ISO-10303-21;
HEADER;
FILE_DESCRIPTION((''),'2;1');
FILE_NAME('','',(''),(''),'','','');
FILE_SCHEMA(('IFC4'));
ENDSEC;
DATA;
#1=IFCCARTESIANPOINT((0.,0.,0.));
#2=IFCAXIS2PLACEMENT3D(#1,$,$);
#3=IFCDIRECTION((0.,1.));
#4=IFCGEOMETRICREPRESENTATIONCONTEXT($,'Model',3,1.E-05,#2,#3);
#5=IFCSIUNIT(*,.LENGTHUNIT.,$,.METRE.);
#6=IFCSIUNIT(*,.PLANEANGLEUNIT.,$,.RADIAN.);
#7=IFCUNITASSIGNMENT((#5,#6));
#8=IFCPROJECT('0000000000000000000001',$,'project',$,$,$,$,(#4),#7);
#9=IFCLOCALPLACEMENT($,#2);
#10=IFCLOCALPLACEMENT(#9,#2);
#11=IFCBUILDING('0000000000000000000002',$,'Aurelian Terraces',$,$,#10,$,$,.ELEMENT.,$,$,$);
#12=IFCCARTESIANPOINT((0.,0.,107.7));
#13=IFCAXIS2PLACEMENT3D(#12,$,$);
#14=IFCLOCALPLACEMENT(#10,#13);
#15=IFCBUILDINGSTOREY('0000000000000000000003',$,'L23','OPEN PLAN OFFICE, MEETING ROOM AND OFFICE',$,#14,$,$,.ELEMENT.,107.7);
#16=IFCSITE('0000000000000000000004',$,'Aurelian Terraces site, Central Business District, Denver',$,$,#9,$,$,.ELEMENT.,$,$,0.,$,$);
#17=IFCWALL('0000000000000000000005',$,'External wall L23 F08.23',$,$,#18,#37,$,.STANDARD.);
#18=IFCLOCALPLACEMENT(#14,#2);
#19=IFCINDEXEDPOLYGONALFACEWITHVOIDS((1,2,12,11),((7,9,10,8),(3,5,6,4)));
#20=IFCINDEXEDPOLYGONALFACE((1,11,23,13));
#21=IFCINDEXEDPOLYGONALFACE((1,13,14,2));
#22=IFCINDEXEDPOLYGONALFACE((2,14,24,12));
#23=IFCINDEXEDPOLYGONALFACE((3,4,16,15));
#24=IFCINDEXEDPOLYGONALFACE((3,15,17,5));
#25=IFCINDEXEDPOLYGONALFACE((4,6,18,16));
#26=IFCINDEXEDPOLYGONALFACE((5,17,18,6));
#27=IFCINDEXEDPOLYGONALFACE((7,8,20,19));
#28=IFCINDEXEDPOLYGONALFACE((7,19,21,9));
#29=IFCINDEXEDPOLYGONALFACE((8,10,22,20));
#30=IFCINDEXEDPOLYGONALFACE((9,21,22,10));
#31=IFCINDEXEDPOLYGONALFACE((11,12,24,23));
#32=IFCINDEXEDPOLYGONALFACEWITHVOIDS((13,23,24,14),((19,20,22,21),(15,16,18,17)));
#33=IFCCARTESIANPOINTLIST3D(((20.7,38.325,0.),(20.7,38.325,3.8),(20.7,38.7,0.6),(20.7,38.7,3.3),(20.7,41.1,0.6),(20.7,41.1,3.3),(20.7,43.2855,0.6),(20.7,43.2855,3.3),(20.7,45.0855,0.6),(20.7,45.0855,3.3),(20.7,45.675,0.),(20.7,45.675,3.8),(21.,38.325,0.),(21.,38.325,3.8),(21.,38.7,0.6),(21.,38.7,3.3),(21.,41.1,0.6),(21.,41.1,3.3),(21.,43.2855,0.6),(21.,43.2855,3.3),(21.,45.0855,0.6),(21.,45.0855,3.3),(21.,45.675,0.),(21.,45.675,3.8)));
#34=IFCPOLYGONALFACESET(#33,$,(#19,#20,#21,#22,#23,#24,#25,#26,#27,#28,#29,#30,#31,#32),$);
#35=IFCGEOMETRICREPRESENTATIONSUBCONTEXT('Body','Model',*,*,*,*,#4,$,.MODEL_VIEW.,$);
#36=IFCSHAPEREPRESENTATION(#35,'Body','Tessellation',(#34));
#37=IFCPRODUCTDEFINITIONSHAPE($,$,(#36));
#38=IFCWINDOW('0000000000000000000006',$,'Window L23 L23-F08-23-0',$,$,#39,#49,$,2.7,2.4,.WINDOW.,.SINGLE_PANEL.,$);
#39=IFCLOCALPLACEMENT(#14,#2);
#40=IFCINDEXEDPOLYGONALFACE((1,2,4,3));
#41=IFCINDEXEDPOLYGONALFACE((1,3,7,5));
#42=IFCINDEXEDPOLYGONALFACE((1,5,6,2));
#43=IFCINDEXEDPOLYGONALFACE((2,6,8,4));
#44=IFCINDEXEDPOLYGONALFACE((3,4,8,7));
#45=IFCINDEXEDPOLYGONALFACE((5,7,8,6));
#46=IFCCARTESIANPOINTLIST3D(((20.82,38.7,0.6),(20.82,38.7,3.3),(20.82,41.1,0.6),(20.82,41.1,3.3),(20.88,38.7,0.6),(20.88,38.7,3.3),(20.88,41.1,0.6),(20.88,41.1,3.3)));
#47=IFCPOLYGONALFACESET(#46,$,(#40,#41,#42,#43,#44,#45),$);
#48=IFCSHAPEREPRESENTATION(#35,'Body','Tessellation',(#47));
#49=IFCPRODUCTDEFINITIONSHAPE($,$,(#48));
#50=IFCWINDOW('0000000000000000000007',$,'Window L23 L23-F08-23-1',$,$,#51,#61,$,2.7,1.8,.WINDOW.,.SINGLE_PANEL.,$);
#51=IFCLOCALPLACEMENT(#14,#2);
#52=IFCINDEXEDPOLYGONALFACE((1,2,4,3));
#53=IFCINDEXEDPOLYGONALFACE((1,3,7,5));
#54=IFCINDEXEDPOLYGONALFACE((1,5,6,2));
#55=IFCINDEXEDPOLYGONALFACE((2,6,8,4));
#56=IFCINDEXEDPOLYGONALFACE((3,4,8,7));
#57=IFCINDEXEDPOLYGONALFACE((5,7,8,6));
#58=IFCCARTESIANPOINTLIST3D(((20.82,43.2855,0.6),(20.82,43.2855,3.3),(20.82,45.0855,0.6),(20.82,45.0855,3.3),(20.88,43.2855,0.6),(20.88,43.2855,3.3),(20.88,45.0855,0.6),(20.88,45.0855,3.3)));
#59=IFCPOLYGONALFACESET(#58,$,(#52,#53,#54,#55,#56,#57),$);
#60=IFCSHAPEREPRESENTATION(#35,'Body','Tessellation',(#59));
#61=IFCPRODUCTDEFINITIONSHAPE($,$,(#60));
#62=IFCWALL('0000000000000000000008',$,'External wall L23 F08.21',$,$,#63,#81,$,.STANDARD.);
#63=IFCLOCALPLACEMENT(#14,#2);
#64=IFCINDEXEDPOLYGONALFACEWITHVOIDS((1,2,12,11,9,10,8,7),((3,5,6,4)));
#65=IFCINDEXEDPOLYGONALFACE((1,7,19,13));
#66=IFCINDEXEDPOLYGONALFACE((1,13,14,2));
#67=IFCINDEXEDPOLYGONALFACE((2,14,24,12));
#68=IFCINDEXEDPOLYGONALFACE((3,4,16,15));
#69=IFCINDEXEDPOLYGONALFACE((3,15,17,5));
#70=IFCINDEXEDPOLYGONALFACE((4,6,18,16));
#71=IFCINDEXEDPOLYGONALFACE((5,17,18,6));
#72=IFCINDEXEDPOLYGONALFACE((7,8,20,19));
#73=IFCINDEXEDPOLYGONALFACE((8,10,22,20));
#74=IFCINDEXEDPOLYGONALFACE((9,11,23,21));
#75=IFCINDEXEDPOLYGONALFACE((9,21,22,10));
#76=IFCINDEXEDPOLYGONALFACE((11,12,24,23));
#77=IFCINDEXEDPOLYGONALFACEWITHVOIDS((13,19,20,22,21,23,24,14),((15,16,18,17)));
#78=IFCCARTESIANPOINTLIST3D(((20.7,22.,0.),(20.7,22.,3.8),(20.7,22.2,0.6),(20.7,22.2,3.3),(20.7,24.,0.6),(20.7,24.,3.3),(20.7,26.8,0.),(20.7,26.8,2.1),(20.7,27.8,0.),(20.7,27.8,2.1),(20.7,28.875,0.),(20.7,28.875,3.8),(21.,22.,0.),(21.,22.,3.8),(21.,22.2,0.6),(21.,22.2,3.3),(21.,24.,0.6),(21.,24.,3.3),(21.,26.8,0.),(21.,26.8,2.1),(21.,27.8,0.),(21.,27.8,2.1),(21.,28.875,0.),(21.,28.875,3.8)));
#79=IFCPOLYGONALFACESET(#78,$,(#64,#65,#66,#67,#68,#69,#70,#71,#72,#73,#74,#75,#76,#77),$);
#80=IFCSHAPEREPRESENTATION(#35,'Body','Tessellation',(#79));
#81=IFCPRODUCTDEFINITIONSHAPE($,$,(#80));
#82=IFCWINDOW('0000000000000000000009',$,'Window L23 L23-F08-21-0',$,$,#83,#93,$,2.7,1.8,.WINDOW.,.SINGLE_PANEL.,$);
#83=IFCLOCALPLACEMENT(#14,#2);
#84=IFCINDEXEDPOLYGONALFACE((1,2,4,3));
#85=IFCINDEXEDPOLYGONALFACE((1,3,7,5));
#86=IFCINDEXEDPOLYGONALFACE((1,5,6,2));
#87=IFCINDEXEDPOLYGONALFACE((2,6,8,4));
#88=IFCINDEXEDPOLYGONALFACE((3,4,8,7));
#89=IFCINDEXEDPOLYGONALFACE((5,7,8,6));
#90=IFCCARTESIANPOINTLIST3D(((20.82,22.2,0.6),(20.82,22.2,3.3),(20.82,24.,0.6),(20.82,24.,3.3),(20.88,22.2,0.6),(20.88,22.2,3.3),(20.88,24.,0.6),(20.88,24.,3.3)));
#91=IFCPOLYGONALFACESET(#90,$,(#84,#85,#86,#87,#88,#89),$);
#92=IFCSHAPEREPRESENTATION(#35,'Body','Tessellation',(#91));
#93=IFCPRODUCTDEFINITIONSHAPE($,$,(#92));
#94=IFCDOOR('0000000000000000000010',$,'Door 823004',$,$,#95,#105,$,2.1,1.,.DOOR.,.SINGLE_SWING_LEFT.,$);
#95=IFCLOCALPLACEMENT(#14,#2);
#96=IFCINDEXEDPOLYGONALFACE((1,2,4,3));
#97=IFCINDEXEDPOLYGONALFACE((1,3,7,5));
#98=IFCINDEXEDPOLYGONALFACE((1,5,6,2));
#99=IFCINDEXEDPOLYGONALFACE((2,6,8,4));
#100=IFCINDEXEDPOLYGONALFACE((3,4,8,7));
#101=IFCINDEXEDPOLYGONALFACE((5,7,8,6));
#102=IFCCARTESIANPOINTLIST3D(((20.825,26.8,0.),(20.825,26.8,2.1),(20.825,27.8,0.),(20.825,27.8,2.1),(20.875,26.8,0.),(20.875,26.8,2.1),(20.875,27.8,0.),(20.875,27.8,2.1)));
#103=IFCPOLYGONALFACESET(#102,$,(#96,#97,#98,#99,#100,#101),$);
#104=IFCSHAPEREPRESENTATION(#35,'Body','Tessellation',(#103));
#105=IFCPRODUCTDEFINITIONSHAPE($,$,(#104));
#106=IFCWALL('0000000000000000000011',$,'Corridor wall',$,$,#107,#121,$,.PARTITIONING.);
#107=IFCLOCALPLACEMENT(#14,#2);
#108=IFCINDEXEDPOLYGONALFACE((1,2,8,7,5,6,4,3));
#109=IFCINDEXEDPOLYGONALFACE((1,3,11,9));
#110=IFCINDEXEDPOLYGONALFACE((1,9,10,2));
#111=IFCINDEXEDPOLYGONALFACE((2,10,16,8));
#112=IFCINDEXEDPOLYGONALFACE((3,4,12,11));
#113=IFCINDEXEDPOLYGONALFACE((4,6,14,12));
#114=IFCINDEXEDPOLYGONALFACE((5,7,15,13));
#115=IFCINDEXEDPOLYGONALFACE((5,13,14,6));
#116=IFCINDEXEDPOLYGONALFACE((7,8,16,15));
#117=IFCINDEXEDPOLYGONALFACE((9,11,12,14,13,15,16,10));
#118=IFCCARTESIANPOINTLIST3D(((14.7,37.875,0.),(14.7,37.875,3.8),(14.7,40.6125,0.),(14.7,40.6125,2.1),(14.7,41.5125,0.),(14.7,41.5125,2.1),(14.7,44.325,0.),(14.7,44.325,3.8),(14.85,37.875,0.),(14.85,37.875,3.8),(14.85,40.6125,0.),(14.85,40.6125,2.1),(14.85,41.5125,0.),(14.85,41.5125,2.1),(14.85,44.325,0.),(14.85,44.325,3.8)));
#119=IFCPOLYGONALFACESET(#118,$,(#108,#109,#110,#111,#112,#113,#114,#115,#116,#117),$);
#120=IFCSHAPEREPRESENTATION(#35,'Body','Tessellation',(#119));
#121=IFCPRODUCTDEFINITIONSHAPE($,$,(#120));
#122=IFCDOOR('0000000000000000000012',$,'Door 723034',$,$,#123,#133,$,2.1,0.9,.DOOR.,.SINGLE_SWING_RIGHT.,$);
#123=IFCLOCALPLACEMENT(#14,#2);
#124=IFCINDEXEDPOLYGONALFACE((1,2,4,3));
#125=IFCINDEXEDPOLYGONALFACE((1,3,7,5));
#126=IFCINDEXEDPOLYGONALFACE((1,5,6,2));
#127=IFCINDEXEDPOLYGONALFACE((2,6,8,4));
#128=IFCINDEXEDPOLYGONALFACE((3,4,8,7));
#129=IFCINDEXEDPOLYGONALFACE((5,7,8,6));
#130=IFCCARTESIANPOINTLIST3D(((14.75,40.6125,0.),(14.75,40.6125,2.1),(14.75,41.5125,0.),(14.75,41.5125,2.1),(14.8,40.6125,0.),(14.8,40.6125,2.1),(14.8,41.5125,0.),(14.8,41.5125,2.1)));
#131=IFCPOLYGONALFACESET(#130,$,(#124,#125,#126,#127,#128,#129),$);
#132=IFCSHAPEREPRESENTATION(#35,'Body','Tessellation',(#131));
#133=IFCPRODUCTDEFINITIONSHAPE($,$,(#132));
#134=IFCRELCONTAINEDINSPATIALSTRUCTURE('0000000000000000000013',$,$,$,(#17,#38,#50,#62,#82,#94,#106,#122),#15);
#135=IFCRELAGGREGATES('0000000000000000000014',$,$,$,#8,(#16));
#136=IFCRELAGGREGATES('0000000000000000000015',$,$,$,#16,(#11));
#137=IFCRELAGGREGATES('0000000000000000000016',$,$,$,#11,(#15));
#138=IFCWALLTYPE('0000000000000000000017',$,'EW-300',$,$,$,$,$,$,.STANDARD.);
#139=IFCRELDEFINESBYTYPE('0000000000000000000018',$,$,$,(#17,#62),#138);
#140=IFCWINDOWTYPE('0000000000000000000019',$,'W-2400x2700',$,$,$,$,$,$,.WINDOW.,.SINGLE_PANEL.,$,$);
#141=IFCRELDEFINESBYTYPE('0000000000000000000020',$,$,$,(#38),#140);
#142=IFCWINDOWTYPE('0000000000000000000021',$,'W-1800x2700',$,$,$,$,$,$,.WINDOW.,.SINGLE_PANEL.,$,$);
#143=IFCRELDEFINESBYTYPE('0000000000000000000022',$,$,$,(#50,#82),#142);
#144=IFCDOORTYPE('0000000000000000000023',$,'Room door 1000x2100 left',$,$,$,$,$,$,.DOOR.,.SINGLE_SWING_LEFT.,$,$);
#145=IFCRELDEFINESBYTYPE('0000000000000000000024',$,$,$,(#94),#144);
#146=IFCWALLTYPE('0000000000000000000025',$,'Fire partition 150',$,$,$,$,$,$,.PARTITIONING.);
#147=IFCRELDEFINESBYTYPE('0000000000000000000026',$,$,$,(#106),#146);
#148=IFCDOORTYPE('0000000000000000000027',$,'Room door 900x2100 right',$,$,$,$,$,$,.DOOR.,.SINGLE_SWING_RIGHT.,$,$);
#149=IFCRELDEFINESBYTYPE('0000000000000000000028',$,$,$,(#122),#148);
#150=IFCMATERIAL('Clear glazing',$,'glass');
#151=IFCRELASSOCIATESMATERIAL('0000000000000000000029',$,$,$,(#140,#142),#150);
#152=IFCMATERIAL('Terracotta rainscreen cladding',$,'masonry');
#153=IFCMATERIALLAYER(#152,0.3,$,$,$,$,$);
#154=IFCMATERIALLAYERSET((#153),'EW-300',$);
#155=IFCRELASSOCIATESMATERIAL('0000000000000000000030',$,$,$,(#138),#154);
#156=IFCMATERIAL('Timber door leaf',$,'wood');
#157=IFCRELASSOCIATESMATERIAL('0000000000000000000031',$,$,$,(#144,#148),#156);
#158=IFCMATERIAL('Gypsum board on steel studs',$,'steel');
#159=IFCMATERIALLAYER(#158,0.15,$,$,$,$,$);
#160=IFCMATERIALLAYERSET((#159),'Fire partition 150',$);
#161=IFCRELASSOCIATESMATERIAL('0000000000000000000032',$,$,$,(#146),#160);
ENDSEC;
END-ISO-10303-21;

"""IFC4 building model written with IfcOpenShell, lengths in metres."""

from ifc_helpers import new_model, si_unit, direction, frame, frame_2d, origin, place, context, subcontext, project, spatial, rectangle, extrude, source, transform, mapped, material, layer, layer_set, type_object, element, fill, save


model = new_model("IFC4")

# Units and contexts
model_context = context("Model", 3, precision=1e-05, world=origin(), true_north=direction((0.0, 1.0)))
body_context = subcontext(model_context, "Body", "Model", "MODEL_VIEW")
ifc_project = project(units=[si_unit("LENGTHUNIT", "METRE"), si_unit("PLANEANGLEUNIT", "RADIAN")], contexts=[model_context])

# Site, building, storey
site_placement = place(None, origin())
site = spatial("IfcSite", under=ifc_project, at=site_placement, Name="Aurelian Terraces site, Central Business District, Denver", CompositionType="ELEMENT", RefElevation=0.0)
building_placement = place(site_placement, origin())
building = spatial("IfcBuilding", under=site, at=building_placement, Name="Aurelian Terraces", CompositionType="ELEMENT")
storey_placement = place(building_placement, frame((0.0, 0.0, 107.7)))
storey = spatial("IfcBuildingStorey", under=building, at=storey_placement, Name="L23", Description="OPEN PLAN OFFICE, MEETING ROOM AND OFFICE", CompositionType="ELEMENT", Elevation=107.7)

# Shared definitions
ifc_material_1 = material(Name="Clear glazing", Category="glass")
window_type_1 = type_object("IfcWindowType", Name="W-2400x2700", PartitioningType="SINGLE_PANEL", PredefinedType="WINDOW", material=ifc_material_1)
shared_shape_1 = source(origin(), body_context, "Body", "SweptSolid", [
    extrude(rectangle(XDim=2.4, YDim=2.7, at=frame_2d((1.2, 1.35))), frame((0.0, 0.03, 0.0), z_axis=(0.0, -1.0, 0.0), x_axis=(1.0, 0.0, 0.0)), (0.0, 0.0, 1.0), 0.06),
])

# Shared definitions
ifc_material_2 = material(Name="Terracotta rainscreen cladding", Category="masonry")
ifc_layer_1 = layer(ifc_material_2, 0.3)
ifc_layer_set_1 = layer_set([ifc_layer_1], Name="EW-300")
wall_type_1 = type_object("IfcWallType", Name="EW-300", PredefinedType="STANDARD", material=ifc_layer_set_1)
shared_shape_2 = source(origin(), body_context, "Body", "SweptSolid", [
    extrude(rectangle(XDim=7.35, YDim=0.3, at=frame_2d((3.675, 0.0))), origin(), (0.0, 0.0, 1.0), 3.8),
])
shared_shape_3 = source(origin(), body_context, "Body", "SweptSolid", [
    extrude(rectangle(XDim=2.4, YDim=2.7, at=frame_2d((1.2, 1.35))), frame((0.0, 0.16, 0.0), z_axis=(0.0, -1.0, 0.0), x_axis=(1.0, 0.0, 0.0)), (0.0, 0.0, 1.0), 0.32),
])
shared_shape_4 = source(origin(), body_context, "Body", "SweptSolid", [
    extrude(rectangle(XDim=1.0, YDim=2.1, at=frame_2d((0.5, 1.05))), frame((0.0, 0.16, 0.0), z_axis=(0.0, -1.0, 0.0), x_axis=(1.0, 0.0, 0.0)), (0.0, 0.0, 1.0), 0.32),
])
ifc_material_3 = material(Name="Timber door leaf", Category="wood")
door_type_1 = type_object("IfcDoorType", Name="Room door 1000x2100 left", OperationType="SINGLE_SWING_LEFT", PredefinedType="DOOR", material=ifc_material_3)
shared_shape_5 = source(origin(), body_context, "Body", "SweptSolid", [
    extrude(rectangle(XDim=1.0, YDim=2.1, at=frame_2d((0.5, 1.05))), frame((0.0, 0.025, 0.0), z_axis=(0.0, -1.0, 0.0), x_axis=(1.0, 0.0, 0.0)), (0.0, 0.0, 1.0), 0.05),
])

# Wall, openings, windows
wall_1_placement = place(storey_placement, frame((20.85, 38.325, 0.0), z_axis=(0.0, 0.0, 1.0), x_axis=(0.0, 1.0, 0.0)))
wall_1 = element("IfcWall", 1, at=wall_1_placement, inside=storey, type_object=wall_type_1, Name="External wall L23 F08.23", PredefinedType="STANDARD", context=body_context, shape_type="MappedRepresentation", body=[
    mapped(shared_shape_2, transform((0.0, 0.0, 0.0), scale=1.0)),
])
opening_1_placement = place(wall_1_placement, frame((0.375, 0.0, 0.6)))
opening_1 = element("IfcOpeningElement", 2, at=opening_1_placement, cuts=wall_1, PredefinedType="OPENING", context=body_context, shape_type="MappedRepresentation", body=[
    mapped(shared_shape_3, transform((0.0, 0.0, 0.0), scale=1.0)),
])
shared_shape_6 = source(origin(), body_context, "Body", "SweptSolid", [
    extrude(rectangle(XDim=1.8, YDim=2.7, at=frame_2d((0.9, 1.35))), frame((0.0, 0.16, 0.0), z_axis=(0.0, -1.0, 0.0), x_axis=(1.0, 0.0, 0.0)), (0.0, 0.0, 1.0), 0.32),
])
opening_2_placement = place(wall_1_placement, frame((4.9605, 0.0, 0.6)))
opening_2 = element("IfcOpeningElement", 3, at=opening_2_placement, cuts=wall_1, PredefinedType="OPENING", context=body_context, shape_type="MappedRepresentation", body=[
    mapped(shared_shape_6, transform((0.0, 0.0, 0.0), scale=1.0)),
])
window_1_placement = place(opening_1_placement, origin())
window_1 = element("IfcWindow", 4, at=window_1_placement, inside=storey, type_object=window_type_1, Name="Window L23 L23-F08-23-0", OverallHeight=2.7, OverallWidth=2.4, PartitioningType="SINGLE_PANEL", PredefinedType="WINDOW", context=body_context, shape_type="MappedRepresentation", body=[
    mapped(shared_shape_1, transform((0.0, 0.0, 0.0), scale=1.0)),
])
fill(opening_1, window_1)
window_type_2 = type_object("IfcWindowType", Name="W-1800x2700", PartitioningType="SINGLE_PANEL", PredefinedType="WINDOW", material=ifc_material_1)
shared_shape_7 = source(origin(), body_context, "Body", "SweptSolid", [
    extrude(rectangle(XDim=1.8, YDim=2.7, at=frame_2d((0.9, 1.35))), frame((0.0, 0.03, 0.0), z_axis=(0.0, -1.0, 0.0), x_axis=(1.0, 0.0, 0.0)), (0.0, 0.0, 1.0), 0.06),
])
window_2_placement = place(opening_2_placement, origin())
window_2 = element("IfcWindow", 5, at=window_2_placement, inside=storey, type_object=window_type_2, Name="Window L23 L23-F08-23-1", OverallHeight=2.7, OverallWidth=1.8, PartitioningType="SINGLE_PANEL", PredefinedType="WINDOW", context=body_context, shape_type="MappedRepresentation", body=[
    mapped(shared_shape_7, transform((0.0, 0.0, 0.0), scale=1.0)),
])
fill(opening_2, window_2)

# Wall, openings, window, door
shared_shape_8 = source(origin(), body_context, "Body", "SweptSolid", [
    extrude(rectangle(XDim=6.875, YDim=0.3, at=frame_2d((3.4375, 0.0))), origin(), (0.0, 0.0, 1.0), 3.8),
])
wall_2_placement = place(storey_placement, frame((20.85, 22.0, 0.0), z_axis=(0.0, 0.0, 1.0), x_axis=(0.0, 1.0, 0.0)))
wall_2 = element("IfcWall", 6, at=wall_2_placement, inside=storey, type_object=wall_type_1, Name="External wall L23 F08.21", PredefinedType="STANDARD", context=body_context, shape_type="MappedRepresentation", body=[
    mapped(shared_shape_8, transform((0.0, 0.0, 0.0), scale=1.0)),
])
opening_3_placement = place(wall_2_placement, frame((0.2, 0.0, 0.6)))
opening_3 = element("IfcOpeningElement", 7, at=opening_3_placement, cuts=wall_2, PredefinedType="OPENING", context=body_context, shape_type="MappedRepresentation", body=[
    mapped(shared_shape_6, transform((0.0, 0.0, 0.0), scale=1.0)),
])
opening_4_placement = place(wall_2_placement, frame((4.8, 0.0, 0.0)))
opening_4 = element("IfcOpeningElement", 8, at=opening_4_placement, cuts=wall_2, PredefinedType="OPENING", context=body_context, shape_type="MappedRepresentation", body=[
    mapped(shared_shape_4, transform((0.0, 0.0, 0.0), scale=1.0)),
])
window_3_placement = place(opening_3_placement, origin())
window_3 = element("IfcWindow", 9, at=window_3_placement, inside=storey, type_object=window_type_2, Name="Window L23 L23-F08-21-0", OverallHeight=2.7, OverallWidth=1.8, PartitioningType="SINGLE_PANEL", PredefinedType="WINDOW", context=body_context, shape_type="MappedRepresentation", body=[
    mapped(shared_shape_7, transform((0.0, 0.0, 0.0), scale=1.0)),
])
fill(opening_3, window_3)
door_1_placement = place(opening_4_placement, origin())
door_1 = element("IfcDoor", 10, at=door_1_placement, inside=storey, type_object=door_type_1, Name="Door 823004", OperationType="SINGLE_SWING_LEFT", OverallHeight=2.1, OverallWidth=1.0, PredefinedType="DOOR", context=body_context, shape_type="MappedRepresentation", body=[
    mapped(shared_shape_5, transform((0.0, 0.0, 0.0), scale=1.0)),
])
fill(opening_4, door_1)

# Wall, opening, door
ifc_material_4 = material(Name="Gypsum board on steel studs", Category="steel")
ifc_layer_2 = layer(ifc_material_4, 0.15)
ifc_layer_set_2 = layer_set([ifc_layer_2], Name="Fire partition 150")
wall_type_2 = type_object("IfcWallType", Name="Fire partition 150", PredefinedType="PARTITIONING", material=ifc_layer_set_2)
shared_shape_9 = source(origin(), body_context, "Body", "SweptSolid", [
    extrude(rectangle(XDim=6.45, YDim=0.15, at=frame_2d((3.225, 0.0))), origin(), (0.0, 0.0, 1.0), 3.8),
])
wall_3_placement = place(storey_placement, frame((14.775, 37.875, 0.0), z_axis=(0.0, 0.0, 1.0), x_axis=(0.0, 1.0, 0.0)))
wall_3 = element("IfcWall", 11, at=wall_3_placement, inside=storey, type_object=wall_type_2, Name="Corridor wall", PredefinedType="PARTITIONING", context=body_context, shape_type="MappedRepresentation", body=[
    mapped(shared_shape_9, transform((0.0, 0.0, 0.0), scale=1.0)),
])
shared_shape_10 = source(origin(), body_context, "Body", "SweptSolid", [
    extrude(rectangle(XDim=0.9, YDim=2.1, at=frame_2d((0.45, 1.05))), frame((0.0, 0.085, 0.0), z_axis=(0.0, -1.0, 0.0), x_axis=(1.0, 0.0, 0.0)), (0.0, 0.0, 1.0), 0.17),
])
opening_5_placement = place(wall_3_placement, frame((2.7375, 0.0, 0.0)))
opening_5 = element("IfcOpeningElement", 12, at=opening_5_placement, cuts=wall_3, PredefinedType="OPENING", context=body_context, shape_type="MappedRepresentation", body=[
    mapped(shared_shape_10, transform((0.0, 0.0, 0.0), scale=1.0)),
])
door_type_2 = type_object("IfcDoorType", Name="Room door 900x2100 right", OperationType="SINGLE_SWING_RIGHT", PredefinedType="DOOR", material=ifc_material_3)
shared_shape_11 = source(origin(), body_context, "Body", "SweptSolid", [
    extrude(rectangle(XDim=0.9, YDim=2.1, at=frame_2d((0.45, 1.05))), frame((0.0, 0.025, 0.0), z_axis=(0.0, -1.0, 0.0), x_axis=(1.0, 0.0, 0.0)), (0.0, 0.0, 1.0), 0.05),
])
door_2_placement = place(opening_5_placement, origin())
door_2 = element("IfcDoor", 13, at=door_2_placement, inside=storey, type_object=door_type_2, Name="Door 723034", OperationType="SINGLE_SWING_RIGHT", OverallHeight=2.1, OverallWidth=0.9, PredefinedType="DOOR", context=body_context, shape_type="MappedRepresentation", body=[
    mapped(shared_shape_11, transform((0.0, 0.0, 0.0), scale=1.0)),
])
fill(opening_5, door_2)

save(model, "model.ifc")
